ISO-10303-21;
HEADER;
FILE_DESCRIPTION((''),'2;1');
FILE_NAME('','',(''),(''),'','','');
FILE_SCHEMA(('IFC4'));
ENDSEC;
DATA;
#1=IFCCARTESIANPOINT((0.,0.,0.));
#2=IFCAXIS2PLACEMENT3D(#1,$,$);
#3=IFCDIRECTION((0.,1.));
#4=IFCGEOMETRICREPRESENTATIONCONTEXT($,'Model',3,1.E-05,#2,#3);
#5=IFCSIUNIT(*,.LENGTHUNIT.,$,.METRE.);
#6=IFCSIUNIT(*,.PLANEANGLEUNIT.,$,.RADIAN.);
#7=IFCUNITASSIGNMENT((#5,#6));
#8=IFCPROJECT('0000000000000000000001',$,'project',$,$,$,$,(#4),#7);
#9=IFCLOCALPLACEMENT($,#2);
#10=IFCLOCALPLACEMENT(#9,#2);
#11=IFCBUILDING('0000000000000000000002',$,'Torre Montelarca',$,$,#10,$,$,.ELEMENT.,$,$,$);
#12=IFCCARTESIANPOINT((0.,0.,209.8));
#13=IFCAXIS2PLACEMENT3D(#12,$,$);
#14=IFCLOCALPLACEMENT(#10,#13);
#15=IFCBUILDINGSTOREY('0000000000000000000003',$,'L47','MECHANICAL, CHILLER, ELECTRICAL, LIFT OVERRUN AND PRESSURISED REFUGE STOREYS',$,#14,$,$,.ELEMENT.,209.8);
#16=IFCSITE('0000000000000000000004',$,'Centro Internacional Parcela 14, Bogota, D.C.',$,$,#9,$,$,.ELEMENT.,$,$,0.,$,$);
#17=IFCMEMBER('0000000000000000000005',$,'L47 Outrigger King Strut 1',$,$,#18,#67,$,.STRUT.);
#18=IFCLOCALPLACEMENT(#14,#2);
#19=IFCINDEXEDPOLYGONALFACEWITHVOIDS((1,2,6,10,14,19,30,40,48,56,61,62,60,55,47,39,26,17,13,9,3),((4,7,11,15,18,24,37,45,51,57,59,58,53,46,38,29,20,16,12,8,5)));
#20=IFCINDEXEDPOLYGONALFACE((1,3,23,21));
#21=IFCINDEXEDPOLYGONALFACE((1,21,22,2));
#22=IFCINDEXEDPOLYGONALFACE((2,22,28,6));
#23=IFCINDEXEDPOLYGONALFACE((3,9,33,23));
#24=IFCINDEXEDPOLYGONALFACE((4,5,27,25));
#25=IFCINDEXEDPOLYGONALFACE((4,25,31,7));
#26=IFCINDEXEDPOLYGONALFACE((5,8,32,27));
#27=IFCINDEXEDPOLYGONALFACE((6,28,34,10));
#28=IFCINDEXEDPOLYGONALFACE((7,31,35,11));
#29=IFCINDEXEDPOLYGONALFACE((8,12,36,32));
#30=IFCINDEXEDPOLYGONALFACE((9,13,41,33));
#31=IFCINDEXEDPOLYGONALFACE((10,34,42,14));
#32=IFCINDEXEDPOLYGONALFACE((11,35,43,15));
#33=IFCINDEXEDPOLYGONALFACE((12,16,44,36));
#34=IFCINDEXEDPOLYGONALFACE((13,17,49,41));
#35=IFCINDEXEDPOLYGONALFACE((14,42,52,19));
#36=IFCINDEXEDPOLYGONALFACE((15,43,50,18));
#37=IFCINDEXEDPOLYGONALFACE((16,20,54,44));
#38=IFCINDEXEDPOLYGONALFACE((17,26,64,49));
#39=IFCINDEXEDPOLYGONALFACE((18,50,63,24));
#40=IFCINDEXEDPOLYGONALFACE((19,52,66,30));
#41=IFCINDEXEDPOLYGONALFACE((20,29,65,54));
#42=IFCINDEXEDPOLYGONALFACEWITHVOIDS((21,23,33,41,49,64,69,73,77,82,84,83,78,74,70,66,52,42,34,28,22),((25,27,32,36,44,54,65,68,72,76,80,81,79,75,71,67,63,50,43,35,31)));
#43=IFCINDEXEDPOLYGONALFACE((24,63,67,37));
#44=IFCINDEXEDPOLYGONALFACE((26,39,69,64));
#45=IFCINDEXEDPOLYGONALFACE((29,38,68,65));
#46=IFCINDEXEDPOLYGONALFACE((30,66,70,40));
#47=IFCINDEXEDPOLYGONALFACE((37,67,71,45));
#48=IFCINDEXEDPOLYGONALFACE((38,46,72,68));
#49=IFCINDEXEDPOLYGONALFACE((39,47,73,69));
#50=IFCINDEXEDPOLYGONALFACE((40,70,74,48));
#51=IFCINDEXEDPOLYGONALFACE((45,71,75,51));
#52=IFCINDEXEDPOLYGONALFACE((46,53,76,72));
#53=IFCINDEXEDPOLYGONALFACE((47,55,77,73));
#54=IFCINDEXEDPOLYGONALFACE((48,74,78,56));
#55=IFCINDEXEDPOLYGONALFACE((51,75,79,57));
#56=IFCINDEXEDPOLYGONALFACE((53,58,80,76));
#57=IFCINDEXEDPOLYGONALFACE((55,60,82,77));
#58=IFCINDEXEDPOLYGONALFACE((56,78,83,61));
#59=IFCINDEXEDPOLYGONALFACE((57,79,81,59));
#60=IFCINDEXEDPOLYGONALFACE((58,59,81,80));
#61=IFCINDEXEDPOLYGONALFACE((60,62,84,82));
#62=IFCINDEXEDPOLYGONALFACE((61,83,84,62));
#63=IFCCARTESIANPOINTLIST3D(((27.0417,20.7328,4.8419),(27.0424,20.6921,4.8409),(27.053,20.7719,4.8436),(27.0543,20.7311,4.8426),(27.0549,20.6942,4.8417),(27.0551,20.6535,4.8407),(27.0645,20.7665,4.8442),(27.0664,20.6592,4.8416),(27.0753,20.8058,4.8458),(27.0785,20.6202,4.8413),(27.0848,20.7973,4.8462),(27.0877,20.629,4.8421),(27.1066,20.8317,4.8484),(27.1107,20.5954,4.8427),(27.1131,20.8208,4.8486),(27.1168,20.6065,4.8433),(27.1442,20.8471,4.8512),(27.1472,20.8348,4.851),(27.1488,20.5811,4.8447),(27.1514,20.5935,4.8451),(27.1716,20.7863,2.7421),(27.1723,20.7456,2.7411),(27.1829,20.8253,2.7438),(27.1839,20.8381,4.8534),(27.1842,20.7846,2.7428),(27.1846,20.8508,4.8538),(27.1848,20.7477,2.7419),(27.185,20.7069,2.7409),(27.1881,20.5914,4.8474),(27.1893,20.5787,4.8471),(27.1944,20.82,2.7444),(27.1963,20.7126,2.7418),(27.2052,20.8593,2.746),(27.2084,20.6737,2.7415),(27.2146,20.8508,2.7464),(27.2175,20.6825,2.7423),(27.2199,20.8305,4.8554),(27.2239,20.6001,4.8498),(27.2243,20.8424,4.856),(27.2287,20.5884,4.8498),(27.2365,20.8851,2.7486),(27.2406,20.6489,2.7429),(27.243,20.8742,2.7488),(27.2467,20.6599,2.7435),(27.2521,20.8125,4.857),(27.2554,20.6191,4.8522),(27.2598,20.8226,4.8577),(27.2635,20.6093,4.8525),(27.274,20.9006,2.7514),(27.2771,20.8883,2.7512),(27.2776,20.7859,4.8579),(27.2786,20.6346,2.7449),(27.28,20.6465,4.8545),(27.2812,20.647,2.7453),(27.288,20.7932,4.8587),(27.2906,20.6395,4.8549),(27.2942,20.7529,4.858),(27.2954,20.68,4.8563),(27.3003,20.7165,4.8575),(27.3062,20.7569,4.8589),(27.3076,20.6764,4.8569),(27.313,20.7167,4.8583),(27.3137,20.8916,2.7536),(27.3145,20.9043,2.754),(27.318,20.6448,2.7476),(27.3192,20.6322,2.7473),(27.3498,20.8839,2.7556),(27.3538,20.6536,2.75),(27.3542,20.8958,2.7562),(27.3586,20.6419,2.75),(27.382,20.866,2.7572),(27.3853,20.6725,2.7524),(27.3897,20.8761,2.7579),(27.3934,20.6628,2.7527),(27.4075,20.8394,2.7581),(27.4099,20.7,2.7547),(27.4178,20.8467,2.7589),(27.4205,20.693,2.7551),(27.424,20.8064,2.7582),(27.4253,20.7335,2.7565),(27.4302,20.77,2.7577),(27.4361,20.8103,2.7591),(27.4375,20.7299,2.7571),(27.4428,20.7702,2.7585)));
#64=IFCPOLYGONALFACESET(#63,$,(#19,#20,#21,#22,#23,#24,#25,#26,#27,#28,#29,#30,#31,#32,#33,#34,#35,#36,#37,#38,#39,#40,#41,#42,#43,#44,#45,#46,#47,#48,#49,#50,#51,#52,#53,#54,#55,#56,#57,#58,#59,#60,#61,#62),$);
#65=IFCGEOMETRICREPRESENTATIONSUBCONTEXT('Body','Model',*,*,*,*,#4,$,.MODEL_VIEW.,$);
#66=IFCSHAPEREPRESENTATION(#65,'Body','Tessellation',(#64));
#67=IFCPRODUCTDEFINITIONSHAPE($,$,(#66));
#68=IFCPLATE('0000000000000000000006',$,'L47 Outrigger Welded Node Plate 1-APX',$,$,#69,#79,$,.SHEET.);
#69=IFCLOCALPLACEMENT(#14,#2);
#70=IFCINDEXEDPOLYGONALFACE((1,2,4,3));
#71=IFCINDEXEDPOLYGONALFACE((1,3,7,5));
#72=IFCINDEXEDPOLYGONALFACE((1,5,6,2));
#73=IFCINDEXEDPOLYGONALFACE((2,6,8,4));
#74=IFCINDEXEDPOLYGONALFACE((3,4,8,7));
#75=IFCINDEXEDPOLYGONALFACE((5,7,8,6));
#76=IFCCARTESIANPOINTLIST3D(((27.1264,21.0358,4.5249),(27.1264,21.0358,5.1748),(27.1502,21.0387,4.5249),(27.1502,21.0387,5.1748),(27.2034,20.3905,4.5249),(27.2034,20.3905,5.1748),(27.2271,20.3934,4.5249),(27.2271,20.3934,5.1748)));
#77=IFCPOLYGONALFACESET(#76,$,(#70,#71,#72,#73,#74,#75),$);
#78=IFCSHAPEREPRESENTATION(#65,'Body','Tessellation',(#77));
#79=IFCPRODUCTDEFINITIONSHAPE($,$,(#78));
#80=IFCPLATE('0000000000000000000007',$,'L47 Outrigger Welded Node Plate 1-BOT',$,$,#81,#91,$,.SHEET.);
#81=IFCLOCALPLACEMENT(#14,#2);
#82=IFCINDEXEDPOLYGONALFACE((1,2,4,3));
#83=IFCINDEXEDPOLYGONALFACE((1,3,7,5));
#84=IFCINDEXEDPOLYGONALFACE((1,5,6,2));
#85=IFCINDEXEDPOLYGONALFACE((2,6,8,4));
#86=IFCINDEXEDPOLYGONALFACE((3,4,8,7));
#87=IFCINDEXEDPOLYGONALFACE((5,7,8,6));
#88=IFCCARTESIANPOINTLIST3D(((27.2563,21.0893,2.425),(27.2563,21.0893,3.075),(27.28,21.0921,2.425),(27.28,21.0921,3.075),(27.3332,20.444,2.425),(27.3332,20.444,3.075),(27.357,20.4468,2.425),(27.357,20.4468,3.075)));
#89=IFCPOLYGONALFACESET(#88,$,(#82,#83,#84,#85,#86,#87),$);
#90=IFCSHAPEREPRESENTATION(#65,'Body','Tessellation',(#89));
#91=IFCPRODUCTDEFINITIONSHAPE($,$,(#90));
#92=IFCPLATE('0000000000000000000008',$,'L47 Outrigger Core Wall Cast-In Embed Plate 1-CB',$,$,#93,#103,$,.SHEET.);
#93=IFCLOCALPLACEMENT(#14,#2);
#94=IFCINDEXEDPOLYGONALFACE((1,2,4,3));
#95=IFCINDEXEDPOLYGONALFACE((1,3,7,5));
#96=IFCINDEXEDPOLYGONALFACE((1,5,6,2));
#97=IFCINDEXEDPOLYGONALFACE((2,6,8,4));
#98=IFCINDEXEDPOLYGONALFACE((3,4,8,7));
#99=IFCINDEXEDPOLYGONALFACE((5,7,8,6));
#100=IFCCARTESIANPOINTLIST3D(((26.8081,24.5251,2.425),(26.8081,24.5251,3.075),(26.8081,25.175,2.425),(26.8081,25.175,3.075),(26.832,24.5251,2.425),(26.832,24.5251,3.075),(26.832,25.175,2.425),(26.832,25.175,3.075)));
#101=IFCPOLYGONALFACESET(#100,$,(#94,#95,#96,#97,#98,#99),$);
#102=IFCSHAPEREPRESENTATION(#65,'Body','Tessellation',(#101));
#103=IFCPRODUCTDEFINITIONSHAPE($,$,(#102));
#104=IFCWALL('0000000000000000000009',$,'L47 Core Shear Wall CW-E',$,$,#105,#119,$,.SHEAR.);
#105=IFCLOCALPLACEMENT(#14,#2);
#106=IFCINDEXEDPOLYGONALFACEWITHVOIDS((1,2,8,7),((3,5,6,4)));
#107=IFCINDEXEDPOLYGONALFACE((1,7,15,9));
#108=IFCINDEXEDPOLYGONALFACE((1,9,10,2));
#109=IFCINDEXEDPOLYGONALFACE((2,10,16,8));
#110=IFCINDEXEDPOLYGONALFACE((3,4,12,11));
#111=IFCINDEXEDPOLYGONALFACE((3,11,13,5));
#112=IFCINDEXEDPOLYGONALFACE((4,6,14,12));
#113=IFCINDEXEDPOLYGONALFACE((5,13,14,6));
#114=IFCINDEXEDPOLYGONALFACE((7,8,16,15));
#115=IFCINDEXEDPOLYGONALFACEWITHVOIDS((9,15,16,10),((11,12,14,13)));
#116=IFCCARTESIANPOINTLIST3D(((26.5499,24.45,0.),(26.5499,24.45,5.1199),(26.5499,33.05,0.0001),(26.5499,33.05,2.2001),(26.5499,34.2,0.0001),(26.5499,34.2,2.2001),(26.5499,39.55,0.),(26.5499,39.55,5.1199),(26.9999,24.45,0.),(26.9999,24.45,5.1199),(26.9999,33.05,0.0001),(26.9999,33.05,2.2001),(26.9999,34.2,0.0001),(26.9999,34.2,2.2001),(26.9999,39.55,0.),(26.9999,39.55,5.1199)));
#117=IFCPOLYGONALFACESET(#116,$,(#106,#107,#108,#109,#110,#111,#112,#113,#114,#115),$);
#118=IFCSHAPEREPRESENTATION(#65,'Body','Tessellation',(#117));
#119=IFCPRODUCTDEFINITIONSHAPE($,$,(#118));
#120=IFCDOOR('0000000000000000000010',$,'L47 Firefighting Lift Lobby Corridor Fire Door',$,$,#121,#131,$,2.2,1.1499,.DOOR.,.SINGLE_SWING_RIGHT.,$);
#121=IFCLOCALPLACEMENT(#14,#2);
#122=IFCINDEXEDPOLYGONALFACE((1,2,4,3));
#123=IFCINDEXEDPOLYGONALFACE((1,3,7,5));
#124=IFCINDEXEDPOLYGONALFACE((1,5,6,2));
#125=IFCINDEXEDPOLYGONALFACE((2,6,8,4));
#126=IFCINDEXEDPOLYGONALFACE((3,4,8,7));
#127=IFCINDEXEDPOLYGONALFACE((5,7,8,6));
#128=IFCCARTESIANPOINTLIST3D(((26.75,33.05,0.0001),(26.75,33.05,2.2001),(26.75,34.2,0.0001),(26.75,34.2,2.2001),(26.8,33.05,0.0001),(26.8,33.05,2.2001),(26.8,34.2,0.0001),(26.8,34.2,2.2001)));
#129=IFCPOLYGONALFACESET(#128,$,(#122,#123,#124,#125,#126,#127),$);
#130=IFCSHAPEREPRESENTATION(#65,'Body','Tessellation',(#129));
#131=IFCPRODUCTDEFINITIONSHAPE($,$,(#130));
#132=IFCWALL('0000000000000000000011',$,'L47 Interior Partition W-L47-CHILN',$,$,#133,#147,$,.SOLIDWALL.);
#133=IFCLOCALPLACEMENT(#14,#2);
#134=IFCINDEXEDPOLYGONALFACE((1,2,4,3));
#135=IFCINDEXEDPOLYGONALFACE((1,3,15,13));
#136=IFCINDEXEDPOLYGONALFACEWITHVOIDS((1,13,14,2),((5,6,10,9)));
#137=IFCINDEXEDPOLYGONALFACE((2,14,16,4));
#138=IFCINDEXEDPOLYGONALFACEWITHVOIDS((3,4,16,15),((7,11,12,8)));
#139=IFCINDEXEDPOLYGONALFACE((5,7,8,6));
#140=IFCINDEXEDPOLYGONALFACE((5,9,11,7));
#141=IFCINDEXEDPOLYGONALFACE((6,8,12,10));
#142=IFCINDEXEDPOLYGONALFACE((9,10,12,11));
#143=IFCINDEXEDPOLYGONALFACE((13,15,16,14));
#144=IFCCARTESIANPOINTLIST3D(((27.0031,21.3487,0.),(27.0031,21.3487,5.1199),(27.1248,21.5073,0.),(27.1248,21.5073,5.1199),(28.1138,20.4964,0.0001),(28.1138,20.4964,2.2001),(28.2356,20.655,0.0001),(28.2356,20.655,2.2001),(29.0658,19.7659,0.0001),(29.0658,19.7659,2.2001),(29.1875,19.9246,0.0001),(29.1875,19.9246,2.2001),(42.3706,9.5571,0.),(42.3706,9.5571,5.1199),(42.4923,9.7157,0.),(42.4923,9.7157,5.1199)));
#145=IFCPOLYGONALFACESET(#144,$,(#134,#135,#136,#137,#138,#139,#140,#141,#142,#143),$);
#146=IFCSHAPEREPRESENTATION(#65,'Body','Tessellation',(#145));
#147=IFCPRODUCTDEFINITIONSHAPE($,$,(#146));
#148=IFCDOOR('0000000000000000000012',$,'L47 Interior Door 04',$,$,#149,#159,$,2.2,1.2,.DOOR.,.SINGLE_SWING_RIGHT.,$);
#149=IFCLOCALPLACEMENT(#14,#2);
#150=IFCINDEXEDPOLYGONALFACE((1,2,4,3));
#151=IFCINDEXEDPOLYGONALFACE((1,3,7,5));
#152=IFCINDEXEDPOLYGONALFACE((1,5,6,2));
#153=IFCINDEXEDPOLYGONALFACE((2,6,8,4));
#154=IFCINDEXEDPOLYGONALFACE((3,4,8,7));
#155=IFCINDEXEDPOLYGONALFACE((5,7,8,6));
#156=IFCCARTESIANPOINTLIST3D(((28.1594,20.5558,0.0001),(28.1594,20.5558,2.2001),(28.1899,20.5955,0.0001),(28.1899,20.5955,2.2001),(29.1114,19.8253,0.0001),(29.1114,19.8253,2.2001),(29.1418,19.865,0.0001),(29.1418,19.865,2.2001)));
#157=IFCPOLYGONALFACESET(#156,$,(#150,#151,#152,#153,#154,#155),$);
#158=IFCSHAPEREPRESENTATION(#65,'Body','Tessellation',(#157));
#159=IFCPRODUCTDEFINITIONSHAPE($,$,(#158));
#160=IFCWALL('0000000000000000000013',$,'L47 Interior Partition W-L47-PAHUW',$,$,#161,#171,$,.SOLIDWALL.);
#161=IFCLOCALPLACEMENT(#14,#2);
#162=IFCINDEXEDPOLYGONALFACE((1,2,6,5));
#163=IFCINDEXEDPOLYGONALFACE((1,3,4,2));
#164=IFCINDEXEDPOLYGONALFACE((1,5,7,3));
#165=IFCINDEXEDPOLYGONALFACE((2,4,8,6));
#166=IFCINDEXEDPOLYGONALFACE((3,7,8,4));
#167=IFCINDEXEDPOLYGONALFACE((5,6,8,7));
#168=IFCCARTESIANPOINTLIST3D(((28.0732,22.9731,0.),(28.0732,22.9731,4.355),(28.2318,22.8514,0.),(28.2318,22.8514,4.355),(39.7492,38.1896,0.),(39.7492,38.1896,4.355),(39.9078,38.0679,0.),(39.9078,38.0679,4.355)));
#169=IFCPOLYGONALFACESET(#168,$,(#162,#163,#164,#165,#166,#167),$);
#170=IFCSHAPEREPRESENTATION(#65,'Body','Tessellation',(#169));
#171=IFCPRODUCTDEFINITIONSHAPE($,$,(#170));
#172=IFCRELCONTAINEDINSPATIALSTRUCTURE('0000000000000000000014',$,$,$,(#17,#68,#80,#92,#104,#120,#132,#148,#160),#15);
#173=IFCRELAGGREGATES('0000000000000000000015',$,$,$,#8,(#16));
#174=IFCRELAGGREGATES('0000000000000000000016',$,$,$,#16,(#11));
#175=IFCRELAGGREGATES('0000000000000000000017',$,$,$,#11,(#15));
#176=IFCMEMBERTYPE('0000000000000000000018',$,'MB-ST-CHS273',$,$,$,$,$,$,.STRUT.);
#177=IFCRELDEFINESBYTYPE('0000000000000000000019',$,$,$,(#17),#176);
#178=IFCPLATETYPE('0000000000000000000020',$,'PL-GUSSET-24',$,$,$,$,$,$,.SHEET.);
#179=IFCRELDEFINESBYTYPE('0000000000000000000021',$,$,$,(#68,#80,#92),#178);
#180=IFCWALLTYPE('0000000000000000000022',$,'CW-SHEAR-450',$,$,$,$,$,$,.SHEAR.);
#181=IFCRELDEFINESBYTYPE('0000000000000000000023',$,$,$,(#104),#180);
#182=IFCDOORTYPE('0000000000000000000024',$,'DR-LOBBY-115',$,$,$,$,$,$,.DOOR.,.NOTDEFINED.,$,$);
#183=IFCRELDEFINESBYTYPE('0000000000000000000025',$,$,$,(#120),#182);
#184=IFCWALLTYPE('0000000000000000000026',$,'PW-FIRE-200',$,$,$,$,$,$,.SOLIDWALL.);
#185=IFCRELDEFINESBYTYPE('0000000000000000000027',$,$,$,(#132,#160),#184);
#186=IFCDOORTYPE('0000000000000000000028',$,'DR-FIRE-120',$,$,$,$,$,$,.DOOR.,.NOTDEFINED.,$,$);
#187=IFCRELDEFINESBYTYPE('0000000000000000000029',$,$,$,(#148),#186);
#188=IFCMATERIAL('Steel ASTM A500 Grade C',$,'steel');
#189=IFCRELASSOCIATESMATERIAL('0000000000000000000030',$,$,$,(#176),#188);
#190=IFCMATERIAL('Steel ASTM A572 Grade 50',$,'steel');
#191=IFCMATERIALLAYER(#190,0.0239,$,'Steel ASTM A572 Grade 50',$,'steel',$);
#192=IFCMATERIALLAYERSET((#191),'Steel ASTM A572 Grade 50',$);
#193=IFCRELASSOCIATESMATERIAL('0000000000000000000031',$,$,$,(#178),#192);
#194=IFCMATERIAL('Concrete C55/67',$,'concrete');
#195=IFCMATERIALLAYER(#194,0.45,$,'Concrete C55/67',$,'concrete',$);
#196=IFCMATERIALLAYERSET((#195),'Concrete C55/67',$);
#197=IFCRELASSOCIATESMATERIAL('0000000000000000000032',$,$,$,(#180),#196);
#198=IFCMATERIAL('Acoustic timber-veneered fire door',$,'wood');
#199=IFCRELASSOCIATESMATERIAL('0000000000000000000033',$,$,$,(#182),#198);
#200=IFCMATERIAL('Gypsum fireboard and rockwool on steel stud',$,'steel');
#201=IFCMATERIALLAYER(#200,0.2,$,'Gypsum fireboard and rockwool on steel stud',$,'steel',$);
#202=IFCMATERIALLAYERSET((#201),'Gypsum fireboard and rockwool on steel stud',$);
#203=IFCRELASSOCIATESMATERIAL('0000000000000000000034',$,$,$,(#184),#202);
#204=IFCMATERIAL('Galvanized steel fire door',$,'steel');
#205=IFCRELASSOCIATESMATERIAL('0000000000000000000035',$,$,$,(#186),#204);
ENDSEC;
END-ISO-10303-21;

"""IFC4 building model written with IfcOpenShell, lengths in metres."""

from ifc_helpers import new_model, si_unit, direction, frame, frame_2d, origin, origin_2d, place, context, subcontext, project, spatial, rectangle, hollow_circle, extrude, source, transform, mapped, material, layer, layer_set, material_profile, profile_set, type_object, element, fill, save


model = new_model("IFC4")

# Units and contexts
model_context = context("Model", 3, precision=1e-05, world=origin(), true_north=direction((0.0, 1.0)))
body_context = subcontext(model_context, "Body", "Model", "MODEL_VIEW")
ifc_project = project(units=[si_unit("LENGTHUNIT", "METRE"), si_unit("PLANEANGLEUNIT", "RADIAN")], contexts=[model_context])

# Site, building, storey
site_placement = place(None, origin())
site = spatial("IfcSite", under=ifc_project, at=site_placement, Name="Centro Internacional Parcela 14, Bogota, D.C.", CompositionType="ELEMENT", RefElevation=0.0)
building_placement = place(site_placement, origin())
building = spatial("IfcBuilding", under=site, at=building_placement, Name="Torre Montelarca", CompositionType="ELEMENT")
storey_placement = place(building_placement, frame((0.0, 0.0, 209.8)))
storey = spatial("IfcBuildingStorey", under=building, at=storey_placement, Name="L47", Description="MECHANICAL, CHILLER, ELECTRICAL, LIFT OVERRUN AND PRESSURISED REFUGE STOREYS", CompositionType="ELEMENT", Elevation=209.8)

# Shared definitions
ifc_material_1 = material(Name="Concrete C55/67", Category="concrete")

# Member
ifc_material_2 = material(Name="Steel ASTM A500 Grade C", Category="steel")
ifc_material_profile_1 = material_profile(ifc_material_2, hollow_circle(Radius=0.1365, WallThickness=0.0127, at=origin_2d()), Name="HSS273.1X12.7", Category="steel")
ifc_profile_set_1 = profile_set([ifc_material_profile_1], Name="Steel ASTM A500 Grade C")
member_type_1 = type_object("IfcMemberType", Name="MB-ST-CHS273", PredefinedType="STRUT", material=ifc_profile_set_1)
shared_shape_1 = source(origin(), body_context, "Body", "SweptSolid", [
    extrude(hollow_circle(Radius=0.1365, WallThickness=0.0127, at=origin_2d()), origin(), (0.0, 0.0, 1.0), 2.1045),
])
member_1_placement = place(storey_placement, frame((27.3066, 20.7681, 2.75), z_axis=(-0.061715, -0.025405, 0.99777), x_axis=(0.380662, -0.924714, 0.0)))
element("IfcMember", 1, at=member_1_placement, inside=storey, type_object=member_type_1, Name="L47 Outrigger King Strut 1", PredefinedType="STRUT", context=body_context, shape_type="MappedRepresentation", body=[
    mapped(shared_shape_1, transform((0.0, 0.0, 0.0), scale=1.0)),
])

# Plates
ifc_material_3 = material(Name="Steel ASTM A572 Grade 50", Category="steel")
ifc_layer_1 = layer(ifc_material_3, 0.0239, Name="Steel ASTM A572 Grade 50", Category="steel")
ifc_layer_set_1 = layer_set([ifc_layer_1], Name="Steel ASTM A572 Grade 50")
plate_type = type_object("IfcPlateType", Name="PL-GUSSET-24", PredefinedType="SHEET", material=ifc_layer_set_1)
shared_shape_2 = source(origin(), body_context, "Body", "SweptSolid", [
    extrude(rectangle(XDim=0.6499, YDim=0.0239, at=origin_2d()), origin(), (0.0, 0.0, 1.0), 0.6499),
])
for number, where, z_axis, x_axis, name in (
    (2, (27.1768, 20.7146, 4.5249), (0.0, 0.0, 1.0), (-0.118404, 0.992966, 0.0), "L47 Outrigger Welded Node Plate 1-APX"),
    (3, (27.3066, 20.7681, 2.425), (0.0, 0.0, 1.0), (-0.118404, 0.992966, 0.0), "L47 Outrigger Welded Node Plate 1-BOT"),
    (4, (26.8201, 24.8501, 2.425), (0.0, 0.0, 1.0), (0.0, 1.0, 0.0), "L47 Outrigger Core Wall Cast-In Embed Plate 1-CB"),
):
    element("IfcPlate", number, at=place(storey_placement, frame(where, z_axis=z_axis, x_axis=x_axis)), inside=storey, type_object=plate_type, Name=name, PredefinedType="SHEET", context=body_context, shape_type="MappedRepresentation", body=[
        mapped(shared_shape_2, transform((0.0, 0.0, 0.0), scale=1.0)),
    ])

# Walls, openings, doors
ifc_layer_2 = layer(ifc_material_1, 0.45, Name="Concrete C55/67", Category="concrete")
ifc_layer_set_2 = layer_set([ifc_layer_2], Name="Concrete C55/67")
wall_type_1 = type_object("IfcWallType", Name="CW-SHEAR-450", PredefinedType="SHEAR", material=ifc_layer_set_2)
wall_1_placement = place(storey_placement, frame((26.7749, 24.45, 0.0), z_axis=(0.0, 0.0, 1.0), x_axis=(0.0, 1.0, 0.0)))
wall_1 = element("IfcWall", 5, at=wall_1_placement, inside=storey, type_object=wall_type_1, Name="L47 Core Shear Wall CW-E", PredefinedType="SHEAR", context=body_context, shape_type="SweptSolid", body=[
    extrude(rectangle(XDim=15.1001, YDim=0.45, at=frame_2d((7.55, 0.0))), origin(), (0.0, 0.0, 1.0), 5.1199),
])
opening_1_placement = place(wall_1_placement, frame((8.6001, 0.0, 0.0)))
opening_1 = element("IfcOpeningElement", 6, at=opening_1_placement, cuts=wall_1, PredefinedType="OPENING", context=body_context, shape_type="SweptSolid", body=[
    extrude(rectangle(XDim=1.1499, YDim=2.2, at=frame_2d((0.575, 1.1001))), frame((0.0, 0.2349, 0.0), z_axis=(0.0, -1.0, 0.0), x_axis=(1.0, 0.0, 0.0)), (0.0, 0.0, 1.0), 0.47),
])
ifc_material_4 = material(Name="Acoustic timber-veneered fire door", Category="wood")
door_type_1 = type_object("IfcDoorType", Name="DR-LOBBY-115", OperationType="NOTDEFINED", PredefinedType="DOOR", material=ifc_material_4)
shared_shape_3 = source(origin(), body_context, "Body", "SweptSolid", [
    extrude(rectangle(XDim=1.1499, YDim=2.2, at=frame_2d((0.575, 1.1001))), frame((0.0, 0.0249, 0.0), z_axis=(0.0, -1.0, 0.0), x_axis=(1.0, 0.0, 0.0)), (0.0, 0.0, 1.0), 0.05),
])
door_1_placement = place(opening_1_placement, origin())
door_1 = element("IfcDoor", 7, at=door_1_placement, inside=storey, type_object=door_type_1, Name="L47 Firefighting Lift Lobby Corridor Fire Door", OperationType="SINGLE_SWING_RIGHT", OverallHeight=2.2, OverallWidth=1.1499, PredefinedType="DOOR", context=body_context, shape_type="MappedRepresentation", body=[
    mapped(shared_shape_3, transform((0.0, 0.0, 0.0), scale=1.0)),
])
fill(opening_1, door_1)
ifc_material_5 = material(Name="Gypsum fireboard and rockwool on steel stud", Category="steel")
ifc_layer_3 = layer(ifc_material_5, 0.2, Name="Gypsum fireboard and rockwool on steel stud", Category="steel")
ifc_layer_set_3 = layer_set([ifc_layer_3], Name="Gypsum fireboard and rockwool on steel stud")
wall_type_2 = type_object("IfcWallType", Name="PW-FIRE-200", PredefinedType="SOLIDWALL", material=ifc_layer_set_3)
wall_2_placement = place(storey_placement, frame((27.064, 21.428, 0.0), z_axis=(0.0, 0.0, 1.0), x_axis=(0.793362, -0.60875, 0.0)))
wall_2 = element("IfcWall", 8, at=wall_2_placement, inside=storey, type_object=wall_type_2, Name="L47 Interior Partition W-L47-CHILN", PredefinedType="SOLIDWALL", context=body_context, shape_type="SweptSolid", body=[
    extrude(rectangle(XDim=19.3701, YDim=0.2, at=frame_2d((9.6851, 0.0))), origin(), (0.0, 0.0, 1.0), 5.1199),
])
opening_2_placement = place(wall_2_placement, frame((1.3999, 0.0, 0.0)))
opening_2 = element("IfcOpeningElement", 9, at=opening_2_placement, cuts=wall_2, PredefinedType="OPENING", context=body_context, shape_type="SweptSolid", body=[
    extrude(rectangle(XDim=1.2, YDim=2.2, at=frame_2d((0.6001, 1.1001))), frame((0.0, 0.1099, 0.0), z_axis=(0.0, -1.0, 0.0), x_axis=(1.0, 0.0, 0.0)), (0.0, 0.0, 1.0), 0.22),
])
ifc_material_6 = material(Name="Galvanized steel fire door", Category="steel")
door_type_2 = type_object("IfcDoorType", Name="DR-FIRE-120", OperationType="NOTDEFINED", PredefinedType="DOOR", material=ifc_material_6)
shared_shape_4 = source(origin(), body_context, "Body", "SweptSolid", [
    extrude(rectangle(XDim=1.2, YDim=2.2, at=frame_2d((0.6001, 1.1001))), frame((0.0, 0.0249, 0.0), z_axis=(0.0, -1.0, 0.0), x_axis=(1.0, 0.0, 0.0)), (0.0, 0.0, 1.0), 0.05),
])
door_2_placement = place(opening_2_placement, origin())
door_2 = element("IfcDoor", 10, at=door_2_placement, inside=storey, type_object=door_type_2, Name="L47 Interior Door 04", OperationType="SINGLE_SWING_RIGHT", OverallHeight=2.2, OverallWidth=1.2, PredefinedType="DOOR", context=body_context, shape_type="MappedRepresentation", body=[
    mapped(shared_shape_4, transform((0.0, 0.0, 0.0), scale=1.0)),
])
fill(opening_2, door_2)

# Wall
wall_3_placement = place(storey_placement, frame((28.1526, 22.9124, 0.0), z_axis=(0.0, 0.0, 1.0), x_axis=(0.60876, 0.793355, 0.0)))
element("IfcWall", 11, at=wall_3_placement, inside=storey, type_object=wall_type_2, Name="L47 Interior Partition W-L47-PAHUW", PredefinedType="SOLIDWALL", context=body_context, shape_type="SweptSolid", body=[
    extrude(rectangle(XDim=19.1799, YDim=0.2, at=frame_2d((9.5898, 0.0))), origin(), (0.0, 0.0, 1.0), 4.355),
])

save(model, "model.ifc")
